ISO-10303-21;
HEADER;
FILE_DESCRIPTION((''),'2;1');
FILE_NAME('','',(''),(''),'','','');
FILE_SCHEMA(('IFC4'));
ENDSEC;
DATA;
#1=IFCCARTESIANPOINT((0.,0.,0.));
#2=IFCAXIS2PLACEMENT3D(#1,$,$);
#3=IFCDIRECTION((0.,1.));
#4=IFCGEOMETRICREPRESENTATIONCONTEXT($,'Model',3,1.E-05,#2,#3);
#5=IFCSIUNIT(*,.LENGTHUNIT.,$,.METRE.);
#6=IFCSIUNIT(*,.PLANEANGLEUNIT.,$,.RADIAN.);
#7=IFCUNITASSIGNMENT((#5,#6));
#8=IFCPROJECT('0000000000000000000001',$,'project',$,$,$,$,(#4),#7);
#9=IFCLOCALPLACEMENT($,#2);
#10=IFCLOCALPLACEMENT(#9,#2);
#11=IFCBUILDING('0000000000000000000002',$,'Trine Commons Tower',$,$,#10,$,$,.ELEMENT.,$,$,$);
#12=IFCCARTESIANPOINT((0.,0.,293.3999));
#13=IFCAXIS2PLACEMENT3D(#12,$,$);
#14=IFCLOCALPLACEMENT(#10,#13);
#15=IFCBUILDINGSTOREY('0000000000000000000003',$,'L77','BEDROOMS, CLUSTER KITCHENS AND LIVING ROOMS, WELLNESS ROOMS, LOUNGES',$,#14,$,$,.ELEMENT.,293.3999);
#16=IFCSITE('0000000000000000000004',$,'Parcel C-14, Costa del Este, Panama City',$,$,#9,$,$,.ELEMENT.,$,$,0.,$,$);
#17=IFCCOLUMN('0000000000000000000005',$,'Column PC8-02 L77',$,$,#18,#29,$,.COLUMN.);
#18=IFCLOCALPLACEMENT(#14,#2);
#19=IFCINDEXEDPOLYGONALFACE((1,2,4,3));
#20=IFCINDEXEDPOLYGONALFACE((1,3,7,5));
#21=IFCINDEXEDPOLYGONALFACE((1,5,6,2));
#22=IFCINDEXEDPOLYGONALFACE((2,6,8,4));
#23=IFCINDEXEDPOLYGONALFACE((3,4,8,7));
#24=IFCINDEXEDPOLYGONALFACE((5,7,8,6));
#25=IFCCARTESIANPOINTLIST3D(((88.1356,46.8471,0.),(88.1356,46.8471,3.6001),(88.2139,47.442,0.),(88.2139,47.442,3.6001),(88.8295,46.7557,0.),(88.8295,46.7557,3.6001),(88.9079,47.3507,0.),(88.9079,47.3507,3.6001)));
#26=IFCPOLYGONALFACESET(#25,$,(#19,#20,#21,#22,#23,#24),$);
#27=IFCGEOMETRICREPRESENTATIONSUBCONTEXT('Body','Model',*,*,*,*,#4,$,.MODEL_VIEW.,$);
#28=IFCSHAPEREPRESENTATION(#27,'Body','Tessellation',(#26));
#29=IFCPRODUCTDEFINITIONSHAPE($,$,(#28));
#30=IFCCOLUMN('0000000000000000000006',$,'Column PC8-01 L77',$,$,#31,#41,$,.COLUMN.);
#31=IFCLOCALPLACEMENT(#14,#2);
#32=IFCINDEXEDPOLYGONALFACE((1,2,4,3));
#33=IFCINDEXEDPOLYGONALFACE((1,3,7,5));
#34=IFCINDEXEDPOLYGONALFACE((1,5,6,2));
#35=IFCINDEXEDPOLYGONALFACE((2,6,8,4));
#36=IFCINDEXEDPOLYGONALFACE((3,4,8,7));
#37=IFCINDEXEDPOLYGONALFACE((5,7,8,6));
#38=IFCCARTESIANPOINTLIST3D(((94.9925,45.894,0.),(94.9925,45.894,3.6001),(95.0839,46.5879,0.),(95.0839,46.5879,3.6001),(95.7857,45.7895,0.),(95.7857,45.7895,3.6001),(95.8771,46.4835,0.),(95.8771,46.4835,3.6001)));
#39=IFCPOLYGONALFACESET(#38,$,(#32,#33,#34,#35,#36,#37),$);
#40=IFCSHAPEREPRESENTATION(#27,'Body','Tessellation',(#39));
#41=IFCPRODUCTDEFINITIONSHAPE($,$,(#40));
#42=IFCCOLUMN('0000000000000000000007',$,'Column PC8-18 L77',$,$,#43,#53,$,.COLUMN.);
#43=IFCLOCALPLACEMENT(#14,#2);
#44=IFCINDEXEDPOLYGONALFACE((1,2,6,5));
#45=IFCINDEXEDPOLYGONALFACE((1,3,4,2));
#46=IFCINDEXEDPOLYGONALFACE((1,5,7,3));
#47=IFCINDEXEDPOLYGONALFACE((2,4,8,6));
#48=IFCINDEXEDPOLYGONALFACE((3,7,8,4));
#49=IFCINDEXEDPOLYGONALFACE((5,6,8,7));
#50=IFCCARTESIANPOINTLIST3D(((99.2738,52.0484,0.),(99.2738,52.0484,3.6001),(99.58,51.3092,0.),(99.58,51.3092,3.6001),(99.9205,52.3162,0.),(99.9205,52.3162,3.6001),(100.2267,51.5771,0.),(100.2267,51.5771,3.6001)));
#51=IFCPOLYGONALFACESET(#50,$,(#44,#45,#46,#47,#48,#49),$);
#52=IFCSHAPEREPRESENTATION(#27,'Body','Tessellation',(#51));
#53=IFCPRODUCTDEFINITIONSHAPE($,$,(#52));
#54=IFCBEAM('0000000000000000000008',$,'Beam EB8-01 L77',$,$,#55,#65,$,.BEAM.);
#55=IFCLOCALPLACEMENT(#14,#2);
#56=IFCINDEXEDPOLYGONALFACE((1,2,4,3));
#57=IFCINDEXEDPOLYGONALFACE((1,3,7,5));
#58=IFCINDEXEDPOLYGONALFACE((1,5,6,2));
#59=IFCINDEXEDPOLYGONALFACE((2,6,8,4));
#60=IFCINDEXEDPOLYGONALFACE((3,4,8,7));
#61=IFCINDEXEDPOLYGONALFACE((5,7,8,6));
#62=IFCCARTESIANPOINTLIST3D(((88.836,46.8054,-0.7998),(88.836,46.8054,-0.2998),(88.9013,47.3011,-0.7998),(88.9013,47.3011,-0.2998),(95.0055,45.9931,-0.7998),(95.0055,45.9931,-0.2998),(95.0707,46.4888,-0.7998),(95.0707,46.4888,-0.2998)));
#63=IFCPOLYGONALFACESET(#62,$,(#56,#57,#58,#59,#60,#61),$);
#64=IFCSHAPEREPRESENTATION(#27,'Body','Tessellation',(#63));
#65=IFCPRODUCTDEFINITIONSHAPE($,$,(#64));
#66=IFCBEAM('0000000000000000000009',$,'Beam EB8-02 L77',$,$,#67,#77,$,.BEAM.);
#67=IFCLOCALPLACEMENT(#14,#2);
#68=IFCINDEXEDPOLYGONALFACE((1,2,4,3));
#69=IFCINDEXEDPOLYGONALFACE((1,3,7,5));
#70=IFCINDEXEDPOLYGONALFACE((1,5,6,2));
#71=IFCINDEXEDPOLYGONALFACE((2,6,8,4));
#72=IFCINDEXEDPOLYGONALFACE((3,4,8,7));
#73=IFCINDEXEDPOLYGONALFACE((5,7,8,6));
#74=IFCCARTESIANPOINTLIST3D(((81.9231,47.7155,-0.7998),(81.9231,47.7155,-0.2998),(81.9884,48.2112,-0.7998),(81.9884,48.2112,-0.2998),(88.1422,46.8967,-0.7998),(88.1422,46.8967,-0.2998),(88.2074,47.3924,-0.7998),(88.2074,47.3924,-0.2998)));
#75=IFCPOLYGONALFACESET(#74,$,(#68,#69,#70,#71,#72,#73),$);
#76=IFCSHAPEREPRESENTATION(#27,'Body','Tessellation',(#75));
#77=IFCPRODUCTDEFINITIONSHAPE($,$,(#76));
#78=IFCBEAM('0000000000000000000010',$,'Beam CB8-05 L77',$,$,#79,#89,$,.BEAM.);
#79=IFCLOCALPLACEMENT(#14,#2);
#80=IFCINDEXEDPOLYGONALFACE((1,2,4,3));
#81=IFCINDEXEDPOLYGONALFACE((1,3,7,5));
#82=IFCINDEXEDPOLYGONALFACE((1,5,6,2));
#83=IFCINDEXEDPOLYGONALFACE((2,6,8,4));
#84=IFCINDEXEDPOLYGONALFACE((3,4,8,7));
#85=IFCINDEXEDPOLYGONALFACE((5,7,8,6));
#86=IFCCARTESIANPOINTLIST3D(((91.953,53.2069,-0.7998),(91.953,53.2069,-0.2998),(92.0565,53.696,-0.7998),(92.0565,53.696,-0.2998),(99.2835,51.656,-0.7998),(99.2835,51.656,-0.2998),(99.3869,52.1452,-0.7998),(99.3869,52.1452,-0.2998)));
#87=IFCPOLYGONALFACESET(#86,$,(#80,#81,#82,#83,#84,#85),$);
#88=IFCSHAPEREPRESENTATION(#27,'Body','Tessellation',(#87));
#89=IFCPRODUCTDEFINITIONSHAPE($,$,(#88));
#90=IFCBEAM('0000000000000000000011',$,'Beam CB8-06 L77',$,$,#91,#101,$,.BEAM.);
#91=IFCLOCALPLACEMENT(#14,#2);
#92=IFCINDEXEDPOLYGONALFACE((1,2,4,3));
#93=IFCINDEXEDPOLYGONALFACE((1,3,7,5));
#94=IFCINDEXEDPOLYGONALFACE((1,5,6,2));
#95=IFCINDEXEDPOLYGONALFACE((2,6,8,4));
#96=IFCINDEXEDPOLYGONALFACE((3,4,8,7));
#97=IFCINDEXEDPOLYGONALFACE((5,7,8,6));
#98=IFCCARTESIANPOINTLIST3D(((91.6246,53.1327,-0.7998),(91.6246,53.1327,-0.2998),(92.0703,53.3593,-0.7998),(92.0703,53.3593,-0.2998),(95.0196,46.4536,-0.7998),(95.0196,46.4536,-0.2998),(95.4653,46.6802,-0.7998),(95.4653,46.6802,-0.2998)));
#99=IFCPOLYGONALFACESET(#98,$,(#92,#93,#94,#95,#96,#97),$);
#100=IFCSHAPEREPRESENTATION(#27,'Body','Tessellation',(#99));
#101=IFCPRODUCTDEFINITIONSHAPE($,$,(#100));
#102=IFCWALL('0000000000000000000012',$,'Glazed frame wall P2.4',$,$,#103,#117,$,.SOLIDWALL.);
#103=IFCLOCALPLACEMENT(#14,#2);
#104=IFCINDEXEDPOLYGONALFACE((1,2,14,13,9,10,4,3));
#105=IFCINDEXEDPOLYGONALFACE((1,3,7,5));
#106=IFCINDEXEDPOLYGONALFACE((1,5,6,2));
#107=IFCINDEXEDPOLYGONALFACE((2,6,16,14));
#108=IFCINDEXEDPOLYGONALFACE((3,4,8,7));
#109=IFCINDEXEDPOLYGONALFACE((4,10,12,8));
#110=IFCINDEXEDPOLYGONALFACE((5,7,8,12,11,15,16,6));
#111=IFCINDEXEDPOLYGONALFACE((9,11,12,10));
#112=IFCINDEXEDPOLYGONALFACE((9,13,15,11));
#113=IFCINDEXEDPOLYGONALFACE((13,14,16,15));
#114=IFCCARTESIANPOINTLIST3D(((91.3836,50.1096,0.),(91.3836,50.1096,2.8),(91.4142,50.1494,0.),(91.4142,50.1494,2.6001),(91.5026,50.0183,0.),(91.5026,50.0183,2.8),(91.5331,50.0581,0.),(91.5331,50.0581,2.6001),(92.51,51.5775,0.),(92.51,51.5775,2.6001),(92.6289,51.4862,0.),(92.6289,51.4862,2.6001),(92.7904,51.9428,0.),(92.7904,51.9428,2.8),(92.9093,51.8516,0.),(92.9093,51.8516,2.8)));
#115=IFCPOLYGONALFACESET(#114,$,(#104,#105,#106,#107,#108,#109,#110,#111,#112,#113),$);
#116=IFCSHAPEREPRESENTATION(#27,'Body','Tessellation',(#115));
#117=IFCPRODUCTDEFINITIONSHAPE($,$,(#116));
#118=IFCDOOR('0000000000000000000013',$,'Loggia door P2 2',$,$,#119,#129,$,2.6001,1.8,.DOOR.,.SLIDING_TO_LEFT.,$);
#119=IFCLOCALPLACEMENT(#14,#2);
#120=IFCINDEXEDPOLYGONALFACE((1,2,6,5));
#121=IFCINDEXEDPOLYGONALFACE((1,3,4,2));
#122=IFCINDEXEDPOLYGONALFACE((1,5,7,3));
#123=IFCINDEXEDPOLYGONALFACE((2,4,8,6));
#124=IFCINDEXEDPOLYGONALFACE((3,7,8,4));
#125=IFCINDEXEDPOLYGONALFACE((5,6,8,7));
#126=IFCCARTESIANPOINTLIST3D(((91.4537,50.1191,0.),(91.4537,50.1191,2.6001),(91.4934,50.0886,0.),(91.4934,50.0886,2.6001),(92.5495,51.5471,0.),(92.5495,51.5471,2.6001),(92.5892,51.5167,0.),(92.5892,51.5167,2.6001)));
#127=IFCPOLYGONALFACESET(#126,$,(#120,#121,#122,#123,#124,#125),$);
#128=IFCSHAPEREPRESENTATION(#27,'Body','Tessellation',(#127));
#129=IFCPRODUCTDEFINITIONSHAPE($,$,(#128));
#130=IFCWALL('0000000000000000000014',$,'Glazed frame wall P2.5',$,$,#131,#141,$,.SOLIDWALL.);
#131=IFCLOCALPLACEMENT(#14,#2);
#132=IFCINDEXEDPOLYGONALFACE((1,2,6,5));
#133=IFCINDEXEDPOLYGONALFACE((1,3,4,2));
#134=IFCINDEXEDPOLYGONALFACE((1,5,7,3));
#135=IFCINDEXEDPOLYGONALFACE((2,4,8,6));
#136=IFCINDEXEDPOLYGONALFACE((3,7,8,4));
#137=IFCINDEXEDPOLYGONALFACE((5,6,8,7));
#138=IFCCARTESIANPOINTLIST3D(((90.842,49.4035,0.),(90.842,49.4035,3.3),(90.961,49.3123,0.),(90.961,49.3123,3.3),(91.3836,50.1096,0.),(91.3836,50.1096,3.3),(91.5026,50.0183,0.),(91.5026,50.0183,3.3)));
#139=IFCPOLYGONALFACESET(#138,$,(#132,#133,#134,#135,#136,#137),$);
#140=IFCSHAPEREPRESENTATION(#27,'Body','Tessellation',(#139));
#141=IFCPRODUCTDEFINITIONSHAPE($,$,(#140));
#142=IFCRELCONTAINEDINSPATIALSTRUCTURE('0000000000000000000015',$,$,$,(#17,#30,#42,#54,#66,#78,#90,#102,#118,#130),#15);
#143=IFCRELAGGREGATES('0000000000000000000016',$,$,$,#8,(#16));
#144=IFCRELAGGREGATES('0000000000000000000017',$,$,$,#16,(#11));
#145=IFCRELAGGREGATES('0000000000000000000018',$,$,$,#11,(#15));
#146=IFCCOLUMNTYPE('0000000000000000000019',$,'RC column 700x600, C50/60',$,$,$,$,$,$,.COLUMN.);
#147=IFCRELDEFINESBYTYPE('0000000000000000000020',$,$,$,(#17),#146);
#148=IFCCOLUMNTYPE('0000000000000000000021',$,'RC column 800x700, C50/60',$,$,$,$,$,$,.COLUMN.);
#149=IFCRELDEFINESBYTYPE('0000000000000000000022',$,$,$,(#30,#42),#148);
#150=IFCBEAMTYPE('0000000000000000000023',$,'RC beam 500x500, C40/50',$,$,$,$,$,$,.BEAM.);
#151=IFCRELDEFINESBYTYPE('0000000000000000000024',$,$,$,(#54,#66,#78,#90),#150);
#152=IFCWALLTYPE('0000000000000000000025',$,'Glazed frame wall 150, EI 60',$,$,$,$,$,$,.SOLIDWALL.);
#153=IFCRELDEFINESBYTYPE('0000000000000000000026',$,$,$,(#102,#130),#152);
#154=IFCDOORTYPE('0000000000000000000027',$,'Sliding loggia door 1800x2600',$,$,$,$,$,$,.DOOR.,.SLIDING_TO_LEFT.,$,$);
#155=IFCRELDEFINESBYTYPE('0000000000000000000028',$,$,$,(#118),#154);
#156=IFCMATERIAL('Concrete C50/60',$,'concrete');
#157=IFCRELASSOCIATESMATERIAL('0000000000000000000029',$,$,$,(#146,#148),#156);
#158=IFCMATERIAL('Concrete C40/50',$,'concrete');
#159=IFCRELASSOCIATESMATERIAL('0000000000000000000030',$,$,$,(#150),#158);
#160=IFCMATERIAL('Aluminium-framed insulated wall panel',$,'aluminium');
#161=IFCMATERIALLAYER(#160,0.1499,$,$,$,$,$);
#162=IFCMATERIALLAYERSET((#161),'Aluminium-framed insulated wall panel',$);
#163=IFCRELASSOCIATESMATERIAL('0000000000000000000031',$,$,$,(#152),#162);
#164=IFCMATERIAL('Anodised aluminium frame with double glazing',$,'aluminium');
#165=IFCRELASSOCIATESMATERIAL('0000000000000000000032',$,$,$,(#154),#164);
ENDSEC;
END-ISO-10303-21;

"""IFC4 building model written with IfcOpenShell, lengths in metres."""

from ifc_helpers import new_model, si_unit, direction, frame, frame_2d, origin, origin_2d, place, context, subcontext, project, spatial, polyline, rectangle, outline, extrude, material, layer, layer_set, material_profile, profile_set, type_object, element, fill, save


model = new_model("IFC4")

# Units and contexts
model_context = context("Model", 3, precision=1e-05, world=origin(), true_north=direction((0.0, 1.0)))
body_context = subcontext(model_context, "Body", "Model", "MODEL_VIEW")
ifc_project = project(units=[si_unit("LENGTHUNIT", "METRE"), si_unit("PLANEANGLEUNIT", "RADIAN")], contexts=[model_context])

# Site, building, storey
site_placement = place(None, origin())
site = spatial("IfcSite", under=ifc_project, at=site_placement, Name="Parcel C-14, Costa del Este, Panama City", CompositionType="ELEMENT", RefElevation=0.0)
building_placement = place(site_placement, origin())
building = spatial("IfcBuilding", under=site, at=building_placement, Name="Trine Commons Tower", CompositionType="ELEMENT")
storey_placement = place(building_placement, frame((0.0, 0.0, 293.3999)))
storey = spatial("IfcBuildingStorey", under=building, at=storey_placement, Name="L77", Description="BEDROOMS, CLUSTER KITCHENS AND LIVING ROOMS, WELLNESS ROOMS, LOUNGES", CompositionType="ELEMENT", Elevation=293.3999)

# Columns
ifc_material_1 = material(Name="Concrete C50/60", Category="concrete")
ifc_material_profile_1 = material_profile(ifc_material_1, rectangle(XDim=0.7, YDim=0.6001, at=origin_2d()), Name="RC 700x600")
ifc_profile_set_1 = profile_set([ifc_material_profile_1], Name="Concrete C50/60")
column_type_1 = type_object("IfcColumnType", Name="RC column 700x600, C50/60", PredefinedType="COLUMN", material=ifc_profile_set_1)
column_placement = place(storey_placement, frame((88.5217, 47.0989, 0.0), z_axis=(0.0, 0.0, 1.0), x_axis=(-0.991445, 0.130526, 0.0)))
element("IfcColumn", 1, at=column_placement, inside=storey, type_object=column_type_1, Name="Column PC8-02 L77", PredefinedType="COLUMN", context=body_context, shape_type="SweptSolid", body=[
    extrude(rectangle(XDim=0.7, YDim=0.6001, at=origin_2d()), origin(), (0.0, 0.0, 1.0), 3.6001),
])
ifc_material_profile_2 = material_profile(ifc_material_1, rectangle(XDim=0.8, YDim=0.7, at=origin_2d()), Name="RC 800x700")
ifc_profile_set_2 = profile_set([ifc_material_profile_2], Name="Concrete C50/60")
column_type_2 = type_object("IfcColumnType", Name="RC column 800x700, C50/60", PredefinedType="COLUMN", material=ifc_profile_set_2)
for number, where, z_axis, x_axis, name in (
    (2, (95.4348, 46.1887, 0.0), (0.0, 0.0, 1.0), (-0.991445, 0.130526, 0.0), "Column PC8-01 L77"),
    (3, (99.7502, 51.8127, 0.0), (0.0, 0.0, 1.0), (-0.382683, 0.92388, 0.0), "Column PC8-18 L77"),
):
    element("IfcColumn", number, at=place(storey_placement, frame(where, z_axis=z_axis, x_axis=x_axis)), inside=storey, type_object=column_type_2, Name=name, PredefinedType="COLUMN", context=body_context, shape_type="SweptSolid", body=[
        extrude(rectangle(XDim=0.8, YDim=0.7, at=origin_2d()), origin(), (0.0, 0.0, 1.0), 3.6001),
    ])

# Beams
ifc_material_2 = material(Name="Concrete C40/50", Category="concrete")
ifc_material_profile_3 = material_profile(ifc_material_2, rectangle(XDim=0.5, YDim=0.5, at=origin_2d()), Name="RC 500x500")
ifc_profile_set_3 = profile_set([ifc_material_profile_3], Name="Concrete C40/50")
beam_type = type_object("IfcBeamType", Name="RC beam 500x500, C40/50", PredefinedType="BEAM", material=ifc_profile_set_3)
beam_1_placement = place(storey_placement, frame((95.0381, 46.241, -0.5498), z_axis=(-0.991444, 0.130532, 0.0), x_axis=(-0.130532, -0.991444, 0.0)))
element("IfcBeam", 4, at=beam_1_placement, inside=storey, type_object=beam_type, Name="Beam EB8-01 L77", PredefinedType="BEAM", context=body_context, shape_type="SweptSolid", body=[
    extrude(rectangle(XDim=0.5, YDim=0.5, at=origin_2d()), origin(), (0.0, 0.0, 1.0), 6.2227),
])
beam_2_placement = place(storey_placement, frame((88.1748, 47.1445, -0.5498), z_axis=(-0.991443, 0.130542, 0.0), x_axis=(-0.130542, -0.991443, 0.0)))
element("IfcBeam", 5, at=beam_2_placement, inside=storey, type_object=beam_type, Name="Beam EB8-02 L77", PredefinedType="BEAM", context=body_context, shape_type="SweptSolid", body=[
    extrude(rectangle(XDim=0.5, YDim=0.5, at=origin_2d()), origin(), (0.0, 0.0, 1.0), 6.2727),
])
beam_3_placement = place(storey_placement, frame((99.3352, 51.9006, -0.5498), z_axis=(-0.978346, 0.206976, 0.0), x_axis=(-0.206976, -0.978346, 0.0)))
element("IfcBeam", 6, at=beam_3_placement, inside=storey, type_object=beam_type, Name="Beam CB8-05 L77", PredefinedType="BEAM", context=body_context, shape_type="SweptSolid", body=[
    extrude(rectangle(XDim=0.5, YDim=0.5, at=origin_2d()), origin(), (0.0, 0.0, 1.0), 7.4927),
])
beam_4_placement = place(storey_placement, frame((95.2424, 46.5669, -0.5498), z_axis=(-0.453121, 0.891449, 0.0), x_axis=(-0.891449, -0.453121, 0.0)))
element("IfcBeam", 7, at=beam_4_placement, inside=storey, type_object=beam_type, Name="Beam CB8-06 L77", PredefinedType="BEAM", context=body_context, shape_type="SweptSolid", body=[
    extrude(rectangle(XDim=0.5, YDim=0.5, at=origin_2d()), origin(), (0.0, 0.0, 1.0), 7.4924),
])

# Wall, opening, door
ifc_material_3 = material(Name="Aluminium-framed insulated wall panel", Category="aluminium")
ifc_layer_1 = layer(ifc_material_3, 0.1499)
ifc_layer_set_1 = layer_set([ifc_layer_1], Name="Aluminium-framed insulated wall panel")
wall_type_1 = type_object("IfcWallType", Name="Glazed frame wall 150, EI 60", PredefinedType="SOLIDWALL", material=ifc_layer_set_1)
wall_1_placement = place(storey_placement, frame((92.8499, 51.8972, 0.0), z_axis=(0.0, 0.0, 1.0), x_axis=(-0.608771, -0.793346, 0.0)))
wall_1 = element("IfcWall", 8, at=wall_1_placement, inside=storey, type_object=wall_type_1, Name="Glazed frame wall P2.4", PredefinedType="SOLIDWALL", context=body_context, shape_type="SweptSolid", body=[
    extrude(outline(polyline([(0.0, -0.075), (2.3108, -0.075), (2.3108, 0.075), (0.0, 0.075), (0.0, -0.075)])), origin(), (0.0, 0.0, 1.0), 2.8),
])
opening_1_placement = place(wall_1_placement, frame((0.4607, 0.0, 0.0)))
opening_1 = element("IfcOpeningElement", 9, at=opening_1_placement, cuts=wall_1, PredefinedType="OPENING", context=body_context, shape_type="SweptSolid", body=[
    extrude(rectangle(XDim=1.8, YDim=2.6001, at=frame_2d((0.8999, 1.3))), frame((0.0, 0.085, 0.0), z_axis=(0.0, -1.0, 0.0), x_axis=(1.0, 0.0, 0.0)), (0.0, 0.0, 1.0), 0.1699),
])
ifc_material_4 = material(Name="Anodised aluminium frame with double glazing", Category="aluminium")
door_type_1 = type_object("IfcDoorType", Name="Sliding loggia door 1800x2600", OperationType="SLIDING_TO_LEFT", PredefinedType="DOOR", material=ifc_material_4)
door_1_placement = place(opening_1_placement, origin())
door_1 = element("IfcDoor", 10, at=door_1_placement, inside=storey, type_object=door_type_1, Name="Loggia door P2 2", OperationType="SLIDING_TO_LEFT", OverallHeight=2.6001, OverallWidth=1.8, PredefinedType="DOOR", context=body_context, shape_type="SweptSolid", body=[
    extrude(rectangle(XDim=1.8, YDim=2.6001, at=frame_2d((0.8999, 1.3))), frame((0.0, 0.0249, 0.0), z_axis=(0.0, -1.0, 0.0), x_axis=(1.0, 0.0, 0.0)), (0.0, 0.0, 1.0), 0.05),
])
fill(opening_1, door_1)

# Wall
wall_2_placement = place(storey_placement, frame((91.4431, 50.064, 0.0), z_axis=(0.0, 0.0, 1.0), x_axis=(-0.608637, -0.793449, 0.0)))
element("IfcWall", 11, at=wall_2_placement, inside=storey, type_object=wall_type_1, Name="Glazed frame wall P2.5", PredefinedType="SOLIDWALL", context=body_context, shape_type="SweptSolid", body=[
    extrude(outline(polyline([(0.8899, 0.075), (0.0, 0.075), (0.0, -0.075), (0.8899, -0.075), (0.8899, 0.075)])), origin(), (0.0, 0.0, 1.0), 3.3),
])

save(model, "model.ifc")
